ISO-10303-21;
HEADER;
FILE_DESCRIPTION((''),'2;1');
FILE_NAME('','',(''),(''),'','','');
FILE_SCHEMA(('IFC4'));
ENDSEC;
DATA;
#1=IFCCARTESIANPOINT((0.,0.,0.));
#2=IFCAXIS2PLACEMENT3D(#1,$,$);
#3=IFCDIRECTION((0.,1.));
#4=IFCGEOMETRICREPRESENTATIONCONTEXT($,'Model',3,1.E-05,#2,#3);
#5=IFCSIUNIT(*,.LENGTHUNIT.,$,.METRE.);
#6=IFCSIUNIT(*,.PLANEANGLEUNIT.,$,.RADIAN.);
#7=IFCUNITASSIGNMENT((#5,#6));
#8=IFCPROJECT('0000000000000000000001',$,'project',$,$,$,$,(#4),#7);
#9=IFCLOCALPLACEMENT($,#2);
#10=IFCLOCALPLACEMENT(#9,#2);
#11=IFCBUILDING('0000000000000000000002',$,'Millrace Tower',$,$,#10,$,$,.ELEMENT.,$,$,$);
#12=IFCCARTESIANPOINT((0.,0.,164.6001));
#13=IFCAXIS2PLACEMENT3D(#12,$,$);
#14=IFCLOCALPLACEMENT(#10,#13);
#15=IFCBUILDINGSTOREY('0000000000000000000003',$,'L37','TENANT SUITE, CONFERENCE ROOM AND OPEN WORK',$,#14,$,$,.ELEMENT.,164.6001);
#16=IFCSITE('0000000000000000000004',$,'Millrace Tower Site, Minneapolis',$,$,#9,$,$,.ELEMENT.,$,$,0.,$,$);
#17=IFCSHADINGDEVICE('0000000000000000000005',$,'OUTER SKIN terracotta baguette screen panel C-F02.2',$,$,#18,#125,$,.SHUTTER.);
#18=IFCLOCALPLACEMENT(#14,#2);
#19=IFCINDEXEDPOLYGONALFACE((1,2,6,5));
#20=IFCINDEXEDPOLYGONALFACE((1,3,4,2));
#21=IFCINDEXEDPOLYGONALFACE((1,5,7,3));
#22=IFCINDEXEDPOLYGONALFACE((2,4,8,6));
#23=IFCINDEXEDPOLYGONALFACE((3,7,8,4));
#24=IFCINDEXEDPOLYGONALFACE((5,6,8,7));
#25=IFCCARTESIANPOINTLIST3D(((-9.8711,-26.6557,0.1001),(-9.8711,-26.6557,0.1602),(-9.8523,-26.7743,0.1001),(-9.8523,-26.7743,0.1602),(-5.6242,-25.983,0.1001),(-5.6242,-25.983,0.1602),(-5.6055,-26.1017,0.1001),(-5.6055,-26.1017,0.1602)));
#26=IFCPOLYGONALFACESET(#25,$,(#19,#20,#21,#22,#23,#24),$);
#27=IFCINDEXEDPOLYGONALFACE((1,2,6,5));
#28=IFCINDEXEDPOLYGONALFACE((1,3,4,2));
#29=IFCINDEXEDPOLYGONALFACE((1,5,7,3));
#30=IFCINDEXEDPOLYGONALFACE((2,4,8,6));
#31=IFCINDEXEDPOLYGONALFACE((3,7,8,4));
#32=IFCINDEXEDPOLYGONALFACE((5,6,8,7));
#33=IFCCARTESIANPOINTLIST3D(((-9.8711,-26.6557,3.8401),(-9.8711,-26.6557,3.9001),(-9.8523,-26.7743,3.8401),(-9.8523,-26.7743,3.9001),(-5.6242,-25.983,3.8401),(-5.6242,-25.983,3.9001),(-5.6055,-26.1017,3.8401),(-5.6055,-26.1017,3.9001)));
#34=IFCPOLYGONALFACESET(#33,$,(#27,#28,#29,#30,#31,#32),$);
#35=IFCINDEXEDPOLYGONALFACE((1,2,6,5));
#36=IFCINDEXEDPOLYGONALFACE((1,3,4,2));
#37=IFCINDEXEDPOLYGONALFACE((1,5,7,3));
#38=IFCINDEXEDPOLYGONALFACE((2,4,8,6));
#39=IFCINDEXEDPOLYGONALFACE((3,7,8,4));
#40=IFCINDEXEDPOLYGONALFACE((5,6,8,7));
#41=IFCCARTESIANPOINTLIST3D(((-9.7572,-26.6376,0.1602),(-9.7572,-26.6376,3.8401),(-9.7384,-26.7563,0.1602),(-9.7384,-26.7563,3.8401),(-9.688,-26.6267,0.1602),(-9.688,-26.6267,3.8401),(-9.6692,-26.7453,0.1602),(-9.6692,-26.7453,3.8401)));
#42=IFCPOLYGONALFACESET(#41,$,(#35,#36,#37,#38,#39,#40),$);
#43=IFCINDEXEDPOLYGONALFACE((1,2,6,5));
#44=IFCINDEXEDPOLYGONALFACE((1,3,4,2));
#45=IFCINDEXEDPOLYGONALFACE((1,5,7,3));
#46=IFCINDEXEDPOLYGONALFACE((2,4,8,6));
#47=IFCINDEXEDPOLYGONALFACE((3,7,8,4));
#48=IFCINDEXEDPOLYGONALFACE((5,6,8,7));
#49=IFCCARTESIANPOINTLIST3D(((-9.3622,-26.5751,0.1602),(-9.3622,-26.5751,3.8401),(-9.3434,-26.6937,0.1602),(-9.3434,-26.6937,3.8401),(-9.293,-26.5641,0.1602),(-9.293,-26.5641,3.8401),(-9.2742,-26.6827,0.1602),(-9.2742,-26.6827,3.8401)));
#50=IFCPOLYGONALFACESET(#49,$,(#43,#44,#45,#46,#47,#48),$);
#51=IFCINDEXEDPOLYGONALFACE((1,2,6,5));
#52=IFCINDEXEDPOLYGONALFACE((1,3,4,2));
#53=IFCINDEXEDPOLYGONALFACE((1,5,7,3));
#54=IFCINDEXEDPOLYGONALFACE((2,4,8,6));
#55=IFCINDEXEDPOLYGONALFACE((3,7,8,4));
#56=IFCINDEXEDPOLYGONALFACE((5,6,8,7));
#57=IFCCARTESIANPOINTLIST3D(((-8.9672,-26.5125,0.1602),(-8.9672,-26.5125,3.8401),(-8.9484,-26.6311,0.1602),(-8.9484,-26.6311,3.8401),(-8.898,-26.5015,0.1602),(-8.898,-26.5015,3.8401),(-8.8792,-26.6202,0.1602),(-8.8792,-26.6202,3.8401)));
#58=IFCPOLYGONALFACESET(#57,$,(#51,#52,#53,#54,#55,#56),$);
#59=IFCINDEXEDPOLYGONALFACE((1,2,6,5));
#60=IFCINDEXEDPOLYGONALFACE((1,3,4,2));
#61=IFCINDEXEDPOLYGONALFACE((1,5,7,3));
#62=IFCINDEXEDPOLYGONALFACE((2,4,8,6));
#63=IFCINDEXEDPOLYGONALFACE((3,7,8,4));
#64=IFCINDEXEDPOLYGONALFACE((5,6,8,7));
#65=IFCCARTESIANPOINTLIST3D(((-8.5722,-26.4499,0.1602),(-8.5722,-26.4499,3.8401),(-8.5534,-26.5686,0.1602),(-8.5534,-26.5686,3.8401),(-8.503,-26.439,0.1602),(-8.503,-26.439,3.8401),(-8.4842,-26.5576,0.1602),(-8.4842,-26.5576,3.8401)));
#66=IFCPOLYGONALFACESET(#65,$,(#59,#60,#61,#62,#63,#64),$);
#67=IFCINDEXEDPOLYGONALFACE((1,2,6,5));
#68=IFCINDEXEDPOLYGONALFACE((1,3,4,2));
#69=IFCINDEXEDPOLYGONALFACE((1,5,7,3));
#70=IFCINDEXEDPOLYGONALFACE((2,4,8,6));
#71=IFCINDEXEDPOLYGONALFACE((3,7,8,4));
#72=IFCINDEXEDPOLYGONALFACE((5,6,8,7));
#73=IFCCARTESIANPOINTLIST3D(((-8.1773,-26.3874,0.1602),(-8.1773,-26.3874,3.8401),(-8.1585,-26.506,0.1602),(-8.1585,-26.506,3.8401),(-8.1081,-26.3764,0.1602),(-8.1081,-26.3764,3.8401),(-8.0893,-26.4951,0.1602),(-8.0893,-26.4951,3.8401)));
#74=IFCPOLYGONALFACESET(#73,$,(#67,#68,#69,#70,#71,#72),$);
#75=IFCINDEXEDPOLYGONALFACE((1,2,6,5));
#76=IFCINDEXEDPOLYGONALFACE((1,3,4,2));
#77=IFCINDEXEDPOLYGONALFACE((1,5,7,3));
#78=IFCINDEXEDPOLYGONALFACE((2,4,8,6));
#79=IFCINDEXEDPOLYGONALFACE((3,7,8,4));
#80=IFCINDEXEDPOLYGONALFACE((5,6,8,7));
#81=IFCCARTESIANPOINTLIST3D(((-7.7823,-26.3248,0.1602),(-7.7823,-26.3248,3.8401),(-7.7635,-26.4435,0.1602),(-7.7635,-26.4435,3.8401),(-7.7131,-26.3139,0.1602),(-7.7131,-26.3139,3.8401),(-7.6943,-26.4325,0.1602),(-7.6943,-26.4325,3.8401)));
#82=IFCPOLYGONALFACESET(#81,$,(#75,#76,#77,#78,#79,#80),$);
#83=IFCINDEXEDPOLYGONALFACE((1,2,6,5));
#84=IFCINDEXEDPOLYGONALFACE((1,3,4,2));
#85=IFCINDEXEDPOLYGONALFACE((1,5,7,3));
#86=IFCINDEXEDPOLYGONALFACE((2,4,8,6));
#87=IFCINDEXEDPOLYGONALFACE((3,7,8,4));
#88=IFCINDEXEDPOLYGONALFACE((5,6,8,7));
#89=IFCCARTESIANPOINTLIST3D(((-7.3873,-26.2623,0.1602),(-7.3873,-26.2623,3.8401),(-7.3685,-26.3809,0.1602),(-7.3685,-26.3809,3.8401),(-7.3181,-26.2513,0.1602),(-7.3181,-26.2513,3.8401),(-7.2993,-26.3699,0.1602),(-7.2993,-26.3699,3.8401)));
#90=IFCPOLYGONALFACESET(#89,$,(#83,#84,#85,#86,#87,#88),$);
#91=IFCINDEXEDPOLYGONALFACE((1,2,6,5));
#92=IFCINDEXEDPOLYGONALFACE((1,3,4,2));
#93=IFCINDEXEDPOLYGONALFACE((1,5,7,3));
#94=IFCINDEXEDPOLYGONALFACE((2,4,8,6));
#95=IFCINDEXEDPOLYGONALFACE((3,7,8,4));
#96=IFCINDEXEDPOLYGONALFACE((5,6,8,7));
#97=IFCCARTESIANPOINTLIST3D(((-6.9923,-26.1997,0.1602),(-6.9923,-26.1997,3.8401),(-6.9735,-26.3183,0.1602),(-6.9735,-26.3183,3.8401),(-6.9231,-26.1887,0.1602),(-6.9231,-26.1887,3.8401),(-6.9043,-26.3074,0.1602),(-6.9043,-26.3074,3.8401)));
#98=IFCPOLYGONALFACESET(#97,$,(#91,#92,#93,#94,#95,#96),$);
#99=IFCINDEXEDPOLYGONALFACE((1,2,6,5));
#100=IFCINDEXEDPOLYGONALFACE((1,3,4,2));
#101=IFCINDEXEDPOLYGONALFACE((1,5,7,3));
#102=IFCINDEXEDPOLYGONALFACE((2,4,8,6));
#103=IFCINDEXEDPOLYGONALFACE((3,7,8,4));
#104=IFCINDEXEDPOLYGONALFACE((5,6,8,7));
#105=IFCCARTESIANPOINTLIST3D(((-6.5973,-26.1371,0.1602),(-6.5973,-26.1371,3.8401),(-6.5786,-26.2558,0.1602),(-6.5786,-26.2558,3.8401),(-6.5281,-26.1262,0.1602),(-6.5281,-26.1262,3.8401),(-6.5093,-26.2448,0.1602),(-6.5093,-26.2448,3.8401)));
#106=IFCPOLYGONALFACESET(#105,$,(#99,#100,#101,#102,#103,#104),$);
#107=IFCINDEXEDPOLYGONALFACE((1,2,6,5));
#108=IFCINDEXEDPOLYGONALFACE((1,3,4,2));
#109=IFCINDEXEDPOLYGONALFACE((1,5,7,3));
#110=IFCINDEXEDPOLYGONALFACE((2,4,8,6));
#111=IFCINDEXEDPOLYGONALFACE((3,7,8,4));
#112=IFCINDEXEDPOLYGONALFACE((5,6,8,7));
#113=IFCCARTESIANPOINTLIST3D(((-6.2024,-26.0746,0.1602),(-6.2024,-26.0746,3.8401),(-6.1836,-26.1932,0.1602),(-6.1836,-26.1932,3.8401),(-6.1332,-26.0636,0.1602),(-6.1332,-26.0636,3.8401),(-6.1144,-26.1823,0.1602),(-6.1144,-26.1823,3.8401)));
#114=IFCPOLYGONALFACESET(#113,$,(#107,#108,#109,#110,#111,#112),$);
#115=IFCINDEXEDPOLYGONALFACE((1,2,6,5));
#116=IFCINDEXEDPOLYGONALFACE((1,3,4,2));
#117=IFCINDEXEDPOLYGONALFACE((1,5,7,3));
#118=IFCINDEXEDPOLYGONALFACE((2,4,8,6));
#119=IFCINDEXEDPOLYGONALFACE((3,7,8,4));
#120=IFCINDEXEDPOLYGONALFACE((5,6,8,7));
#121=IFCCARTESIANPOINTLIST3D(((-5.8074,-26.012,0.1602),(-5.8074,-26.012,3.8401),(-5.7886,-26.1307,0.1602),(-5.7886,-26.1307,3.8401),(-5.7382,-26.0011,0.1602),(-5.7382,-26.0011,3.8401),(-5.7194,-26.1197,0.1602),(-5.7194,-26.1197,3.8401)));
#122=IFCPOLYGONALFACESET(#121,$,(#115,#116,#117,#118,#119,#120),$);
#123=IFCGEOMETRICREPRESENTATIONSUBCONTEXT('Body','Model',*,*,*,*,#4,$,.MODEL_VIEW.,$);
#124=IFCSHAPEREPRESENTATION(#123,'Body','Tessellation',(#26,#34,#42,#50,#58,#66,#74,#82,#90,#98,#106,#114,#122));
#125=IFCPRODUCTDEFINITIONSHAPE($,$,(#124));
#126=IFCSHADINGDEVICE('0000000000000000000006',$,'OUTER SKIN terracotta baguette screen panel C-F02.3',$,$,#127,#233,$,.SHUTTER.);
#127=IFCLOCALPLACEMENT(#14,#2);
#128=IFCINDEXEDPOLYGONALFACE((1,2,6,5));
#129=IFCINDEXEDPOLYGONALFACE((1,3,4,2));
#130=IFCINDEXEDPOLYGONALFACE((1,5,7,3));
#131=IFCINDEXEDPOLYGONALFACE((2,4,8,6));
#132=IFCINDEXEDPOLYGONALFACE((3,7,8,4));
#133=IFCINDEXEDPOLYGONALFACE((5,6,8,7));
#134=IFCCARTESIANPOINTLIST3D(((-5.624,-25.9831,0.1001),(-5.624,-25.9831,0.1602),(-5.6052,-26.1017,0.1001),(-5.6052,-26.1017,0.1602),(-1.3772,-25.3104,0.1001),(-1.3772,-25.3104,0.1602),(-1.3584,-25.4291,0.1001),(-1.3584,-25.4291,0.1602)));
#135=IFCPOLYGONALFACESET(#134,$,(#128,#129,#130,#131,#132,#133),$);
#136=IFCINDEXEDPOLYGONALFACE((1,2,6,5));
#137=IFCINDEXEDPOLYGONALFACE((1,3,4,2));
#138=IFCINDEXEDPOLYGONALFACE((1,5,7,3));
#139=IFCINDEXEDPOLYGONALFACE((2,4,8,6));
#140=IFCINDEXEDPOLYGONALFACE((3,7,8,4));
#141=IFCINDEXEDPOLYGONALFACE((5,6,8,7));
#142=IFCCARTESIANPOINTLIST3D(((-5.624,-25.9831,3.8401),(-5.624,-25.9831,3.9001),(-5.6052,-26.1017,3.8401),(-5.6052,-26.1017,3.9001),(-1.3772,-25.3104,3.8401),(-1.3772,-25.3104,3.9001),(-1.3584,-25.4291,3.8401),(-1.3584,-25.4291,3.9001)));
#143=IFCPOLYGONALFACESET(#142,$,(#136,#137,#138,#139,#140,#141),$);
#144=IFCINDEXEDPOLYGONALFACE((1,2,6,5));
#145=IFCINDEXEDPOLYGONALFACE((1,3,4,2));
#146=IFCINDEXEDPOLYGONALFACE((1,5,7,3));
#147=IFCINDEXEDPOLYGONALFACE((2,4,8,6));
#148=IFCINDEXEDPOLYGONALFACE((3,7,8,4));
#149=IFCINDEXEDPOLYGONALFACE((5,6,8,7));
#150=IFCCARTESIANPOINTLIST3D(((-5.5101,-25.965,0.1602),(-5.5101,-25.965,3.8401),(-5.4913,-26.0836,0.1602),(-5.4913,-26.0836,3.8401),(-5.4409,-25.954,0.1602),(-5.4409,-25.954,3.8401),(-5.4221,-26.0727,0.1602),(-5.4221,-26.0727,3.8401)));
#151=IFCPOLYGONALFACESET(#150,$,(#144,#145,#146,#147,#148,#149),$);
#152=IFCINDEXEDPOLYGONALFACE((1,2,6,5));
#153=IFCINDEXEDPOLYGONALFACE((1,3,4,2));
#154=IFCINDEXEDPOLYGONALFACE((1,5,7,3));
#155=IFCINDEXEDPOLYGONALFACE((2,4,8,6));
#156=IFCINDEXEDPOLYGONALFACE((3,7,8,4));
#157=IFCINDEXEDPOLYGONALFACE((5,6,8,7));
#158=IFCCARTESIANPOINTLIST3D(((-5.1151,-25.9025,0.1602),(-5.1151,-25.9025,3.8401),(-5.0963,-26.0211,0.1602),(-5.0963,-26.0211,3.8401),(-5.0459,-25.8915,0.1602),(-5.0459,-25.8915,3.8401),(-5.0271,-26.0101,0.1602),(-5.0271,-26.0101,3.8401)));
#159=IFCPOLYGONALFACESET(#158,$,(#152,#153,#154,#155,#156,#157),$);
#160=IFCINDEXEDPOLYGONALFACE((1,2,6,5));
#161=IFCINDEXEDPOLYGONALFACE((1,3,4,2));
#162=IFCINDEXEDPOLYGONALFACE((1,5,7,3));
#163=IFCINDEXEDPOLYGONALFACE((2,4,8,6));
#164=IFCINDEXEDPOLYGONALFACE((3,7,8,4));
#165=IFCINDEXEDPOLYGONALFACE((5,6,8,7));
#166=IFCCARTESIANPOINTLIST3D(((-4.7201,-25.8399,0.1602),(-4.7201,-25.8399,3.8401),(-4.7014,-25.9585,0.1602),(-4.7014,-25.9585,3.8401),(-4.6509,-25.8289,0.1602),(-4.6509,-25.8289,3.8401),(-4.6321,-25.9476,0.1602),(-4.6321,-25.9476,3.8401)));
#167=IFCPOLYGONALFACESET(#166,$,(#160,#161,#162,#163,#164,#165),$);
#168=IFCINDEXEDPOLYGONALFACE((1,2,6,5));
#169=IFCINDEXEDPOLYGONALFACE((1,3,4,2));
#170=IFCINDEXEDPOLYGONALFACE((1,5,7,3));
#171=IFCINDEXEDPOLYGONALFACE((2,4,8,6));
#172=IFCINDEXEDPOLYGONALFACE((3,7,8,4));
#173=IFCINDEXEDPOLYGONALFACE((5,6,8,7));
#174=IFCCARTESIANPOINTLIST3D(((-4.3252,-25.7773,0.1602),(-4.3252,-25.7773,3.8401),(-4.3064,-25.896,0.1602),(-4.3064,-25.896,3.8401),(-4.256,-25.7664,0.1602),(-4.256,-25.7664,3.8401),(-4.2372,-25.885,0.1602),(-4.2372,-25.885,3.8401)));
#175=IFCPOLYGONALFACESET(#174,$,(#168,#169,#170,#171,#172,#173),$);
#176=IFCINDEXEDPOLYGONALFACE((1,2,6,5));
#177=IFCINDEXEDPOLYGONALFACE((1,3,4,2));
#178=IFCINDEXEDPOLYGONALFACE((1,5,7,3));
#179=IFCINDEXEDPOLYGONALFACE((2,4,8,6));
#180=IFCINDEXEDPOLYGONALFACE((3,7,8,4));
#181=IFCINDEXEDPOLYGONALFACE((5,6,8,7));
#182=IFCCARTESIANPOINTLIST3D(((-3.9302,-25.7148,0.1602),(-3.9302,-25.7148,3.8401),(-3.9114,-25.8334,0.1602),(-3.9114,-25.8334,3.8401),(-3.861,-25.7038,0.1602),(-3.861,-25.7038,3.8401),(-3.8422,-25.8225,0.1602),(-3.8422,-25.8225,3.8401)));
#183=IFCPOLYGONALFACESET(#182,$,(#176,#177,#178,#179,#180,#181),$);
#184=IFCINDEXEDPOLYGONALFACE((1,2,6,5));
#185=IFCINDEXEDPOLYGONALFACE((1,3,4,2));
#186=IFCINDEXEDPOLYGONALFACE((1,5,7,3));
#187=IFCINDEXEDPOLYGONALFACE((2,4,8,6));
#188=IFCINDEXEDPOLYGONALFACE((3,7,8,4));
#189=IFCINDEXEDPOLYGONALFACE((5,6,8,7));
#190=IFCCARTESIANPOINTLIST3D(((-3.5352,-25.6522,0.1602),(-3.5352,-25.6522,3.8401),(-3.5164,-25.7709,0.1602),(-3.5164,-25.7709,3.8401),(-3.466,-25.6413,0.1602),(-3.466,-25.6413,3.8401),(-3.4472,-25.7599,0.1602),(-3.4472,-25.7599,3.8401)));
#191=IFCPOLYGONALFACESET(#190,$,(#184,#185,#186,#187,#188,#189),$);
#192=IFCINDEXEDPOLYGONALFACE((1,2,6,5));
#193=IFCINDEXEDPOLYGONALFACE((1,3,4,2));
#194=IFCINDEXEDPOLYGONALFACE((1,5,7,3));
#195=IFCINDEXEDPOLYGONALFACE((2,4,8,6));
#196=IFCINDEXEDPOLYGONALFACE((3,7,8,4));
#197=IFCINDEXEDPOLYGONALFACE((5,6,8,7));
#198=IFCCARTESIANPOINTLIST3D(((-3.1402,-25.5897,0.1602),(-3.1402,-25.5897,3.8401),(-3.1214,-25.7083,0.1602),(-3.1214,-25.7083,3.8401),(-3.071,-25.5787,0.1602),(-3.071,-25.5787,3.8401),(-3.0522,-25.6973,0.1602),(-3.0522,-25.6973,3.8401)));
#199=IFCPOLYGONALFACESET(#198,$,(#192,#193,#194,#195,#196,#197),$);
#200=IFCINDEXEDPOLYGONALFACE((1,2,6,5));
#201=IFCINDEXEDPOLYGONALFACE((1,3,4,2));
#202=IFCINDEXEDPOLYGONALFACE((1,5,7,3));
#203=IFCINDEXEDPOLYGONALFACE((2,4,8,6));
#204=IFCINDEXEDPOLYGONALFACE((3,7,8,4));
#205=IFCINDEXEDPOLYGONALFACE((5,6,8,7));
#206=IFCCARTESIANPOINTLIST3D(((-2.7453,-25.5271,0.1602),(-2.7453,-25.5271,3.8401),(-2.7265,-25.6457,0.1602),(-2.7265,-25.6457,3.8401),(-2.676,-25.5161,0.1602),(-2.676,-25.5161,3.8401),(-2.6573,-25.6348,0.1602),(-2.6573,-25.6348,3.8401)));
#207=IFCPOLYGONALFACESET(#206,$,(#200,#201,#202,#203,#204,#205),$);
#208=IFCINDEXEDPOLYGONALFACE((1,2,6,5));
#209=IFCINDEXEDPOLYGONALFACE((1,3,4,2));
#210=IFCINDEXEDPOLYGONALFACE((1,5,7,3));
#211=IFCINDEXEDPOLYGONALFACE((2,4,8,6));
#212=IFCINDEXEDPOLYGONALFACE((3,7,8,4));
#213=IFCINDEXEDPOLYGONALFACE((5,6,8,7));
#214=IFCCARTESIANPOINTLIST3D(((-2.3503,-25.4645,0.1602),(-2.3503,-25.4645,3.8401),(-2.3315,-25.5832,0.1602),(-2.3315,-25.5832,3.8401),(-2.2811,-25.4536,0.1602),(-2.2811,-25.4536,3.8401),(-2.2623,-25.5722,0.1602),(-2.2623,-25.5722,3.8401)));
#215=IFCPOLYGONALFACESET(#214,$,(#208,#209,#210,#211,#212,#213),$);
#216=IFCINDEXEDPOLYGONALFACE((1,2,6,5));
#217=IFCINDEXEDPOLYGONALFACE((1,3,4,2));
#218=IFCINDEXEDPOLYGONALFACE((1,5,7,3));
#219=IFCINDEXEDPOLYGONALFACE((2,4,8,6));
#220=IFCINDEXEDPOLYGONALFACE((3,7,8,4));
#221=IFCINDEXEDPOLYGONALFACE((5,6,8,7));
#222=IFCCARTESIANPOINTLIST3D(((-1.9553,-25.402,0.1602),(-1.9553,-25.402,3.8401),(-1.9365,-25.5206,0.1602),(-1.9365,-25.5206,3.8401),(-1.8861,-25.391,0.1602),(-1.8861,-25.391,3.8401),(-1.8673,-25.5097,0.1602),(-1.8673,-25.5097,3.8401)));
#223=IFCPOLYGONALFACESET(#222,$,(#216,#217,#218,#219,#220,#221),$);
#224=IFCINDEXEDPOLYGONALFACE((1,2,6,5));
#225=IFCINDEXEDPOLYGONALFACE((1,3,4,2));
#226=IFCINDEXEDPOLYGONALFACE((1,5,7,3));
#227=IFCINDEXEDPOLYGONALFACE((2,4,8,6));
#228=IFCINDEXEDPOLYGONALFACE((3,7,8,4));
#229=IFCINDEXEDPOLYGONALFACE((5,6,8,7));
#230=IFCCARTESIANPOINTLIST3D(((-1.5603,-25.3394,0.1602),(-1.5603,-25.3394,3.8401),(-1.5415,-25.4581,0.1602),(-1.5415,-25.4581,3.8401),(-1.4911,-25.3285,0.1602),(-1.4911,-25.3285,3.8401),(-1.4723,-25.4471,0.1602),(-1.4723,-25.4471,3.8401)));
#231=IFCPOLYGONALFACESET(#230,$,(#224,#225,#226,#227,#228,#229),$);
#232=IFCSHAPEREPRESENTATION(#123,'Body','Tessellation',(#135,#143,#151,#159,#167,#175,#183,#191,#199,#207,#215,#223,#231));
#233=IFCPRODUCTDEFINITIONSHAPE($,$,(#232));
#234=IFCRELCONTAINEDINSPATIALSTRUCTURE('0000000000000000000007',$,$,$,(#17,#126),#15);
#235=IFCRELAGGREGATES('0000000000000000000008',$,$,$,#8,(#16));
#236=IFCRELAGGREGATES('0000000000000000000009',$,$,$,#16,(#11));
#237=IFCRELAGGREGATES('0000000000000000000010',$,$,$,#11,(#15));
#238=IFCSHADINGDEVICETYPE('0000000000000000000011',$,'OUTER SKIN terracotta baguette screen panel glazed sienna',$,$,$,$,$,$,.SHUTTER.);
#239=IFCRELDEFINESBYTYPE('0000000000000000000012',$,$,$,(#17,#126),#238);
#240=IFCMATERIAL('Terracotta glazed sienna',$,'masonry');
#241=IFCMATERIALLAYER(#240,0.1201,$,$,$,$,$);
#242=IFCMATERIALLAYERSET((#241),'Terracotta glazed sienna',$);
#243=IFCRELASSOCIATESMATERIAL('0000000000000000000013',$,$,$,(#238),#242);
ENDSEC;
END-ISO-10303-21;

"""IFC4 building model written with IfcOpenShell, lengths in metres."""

from ifc_helpers import new_model, entity, si_unit, direction, frame, frame_2d, origin, origin_2d, place, context, subcontext, project, spatial, rectangle, extrude, source, transform, mapped, material, layer, layer_set, type_object, element, save


model = new_model("IFC4")

# Units and contexts
model_context = context("Model", 3, precision=1e-05, world=origin(), true_north=direction((0.0, 1.0)))
body_context = subcontext(model_context, "Body", "Model", "MODEL_VIEW")
ifc_project = project(units=[si_unit("LENGTHUNIT", "METRE"), si_unit("PLANEANGLEUNIT", "RADIAN")], contexts=[model_context])

# Site, building, storey
site_placement = place(None, origin())
site = spatial("IfcSite", under=ifc_project, at=site_placement, Name="Millrace Tower Site, Minneapolis", CompositionType="ELEMENT", RefElevation=0.0)
building_placement = place(site_placement, origin())
building = spatial("IfcBuilding", under=site, at=building_placement, Name="Millrace Tower", CompositionType="ELEMENT")
storey_placement = place(building_placement, frame((0.0, 0.0, 164.6001)))
storey = spatial("IfcBuildingStorey", under=building, at=storey_placement, Name="L37", Description="TENANT SUITE, CONFERENCE ROOM AND OPEN WORK", CompositionType="ELEMENT", Elevation=164.6001)

# Shading devices
ifc_material_1 = material(Name="Terracotta glazed sienna", Category="masonry")
ifc_layer_1 = layer(ifc_material_1, 0.1201)
ifc_layer_set_1 = layer_set([ifc_layer_1], Name="Terracotta glazed sienna")
shading_device_type = type_object("IfcShadingDeviceType", Name="OUTER SKIN terracotta baguette screen panel glazed sienna", PredefinedType="SHUTTER", material=ifc_layer_set_1)
cartesian_point_1 = entity("IfcCartesianPoint", [-2.1499, 0.0601])
shared_polyline_1 = entity("IfcPolyline", [cartesian_point_1, entity("IfcCartesianPoint", [2.1499, 0.0601]), entity("IfcCartesianPoint", [2.1499, -0.0601]), entity("IfcCartesianPoint", [-2.1499, -0.0601]), cartesian_point_1])
shared_shape_1 = source(origin(), body_context, "Body", "SweptSolid", [
    entity("IfcExtrudedAreaSolid", entity("IfcArbitraryClosedProfileDef", "AREA", None, shared_polyline_1), entity("IfcAxis2Placement3D", entity("IfcCartesianPoint", [0.0, 0.0, 0.0])), entity("IfcDirection", [0.0, 0.0, 1.0]), 0.0601),
    entity("IfcExtrudedAreaSolid", entity("IfcArbitraryClosedProfileDef", "AREA", None, shared_polyline_1), entity("IfcAxis2Placement3D", entity("IfcCartesianPoint", [0.0, 0.0, 3.74])), entity("IfcDirection", [0.0, 0.0, 1.0]), 0.0601),
    extrude(rectangle(XDim=0.0701, YDim=0.1201, at=frame_2d((-1.9995, 0.0))), frame((0.0, 0.0, 0.0601)), (0.0, 0.0, 1.0), 3.6799),
    extrude(rectangle(XDim=0.0701, YDim=0.1201, at=frame_2d((-1.5996, 0.0))), frame((0.0, 0.0, 0.0601)), (0.0, 0.0, 1.0), 3.6799),
    extrude(rectangle(XDim=0.0701, YDim=0.1201, at=frame_2d((-1.1997, 0.0))), frame((0.0, 0.0, 0.0601)), (0.0, 0.0, 1.0), 3.6799),
    extrude(rectangle(XDim=0.0701, YDim=0.1201, at=frame_2d((-0.7998, 0.0))), frame((0.0, 0.0, 0.0601)), (0.0, 0.0, 1.0), 3.6799),
    extrude(rectangle(XDim=0.0701, YDim=0.1201, at=frame_2d((-0.3999, 0.0))), frame((0.0, 0.0, 0.0601)), (0.0, 0.0, 1.0), 3.6799),
    extrude(rectangle(XDim=0.0701, YDim=0.1201, at=origin_2d()), frame((0.0, 0.0, 0.0601)), (0.0, 0.0, 1.0), 3.6799),
    extrude(rectangle(XDim=0.0701, YDim=0.1201, at=frame_2d((0.3999, 0.0))), frame((0.0, 0.0, 0.0601)), (0.0, 0.0, 1.0), 3.6799),
    extrude(rectangle(XDim=0.0701, YDim=0.1201, at=frame_2d((0.7998, 0.0))), frame((0.0, 0.0, 0.0601)), (0.0, 0.0, 1.0), 3.6799),
    extrude(rectangle(XDim=0.0701, YDim=0.1201, at=frame_2d((1.1997, 0.0))), frame((0.0, 0.0, 0.0601)), (0.0, 0.0, 1.0), 3.6799),
    extrude(rectangle(XDim=0.0701, YDim=0.1201, at=frame_2d((1.5996, 0.0))), frame((0.0, 0.0, 0.0601)), (0.0, 0.0, 1.0), 3.6799),
    extrude(rectangle(XDim=0.0701, YDim=0.1201, at=frame_2d((1.9995, 0.0))), frame((0.0, 0.0, 0.0601)), (0.0, 0.0, 1.0), 3.6799),
])
for number, where, z_axis, x_axis, name in (
    (1, (-7.7383, -26.3787, 0.1001), (0.0, 0.0, 1.0), (0.987688, 0.156434, 0.0), "OUTER SKIN terracotta baguette screen panel C-F02.2"),
    (2, (-3.4912, -25.7061, 0.1001), (0.0, 0.0, 1.0), (0.987688, 0.156434, 0.0), "OUTER SKIN terracotta baguette screen panel C-F02.3"),
):
    element("IfcShadingDevice", number, at=place(storey_placement, frame(where, z_axis=z_axis, x_axis=x_axis)), inside=storey, type_object=shading_device_type, Name=name, PredefinedType="SHUTTER", context=body_context, shape_type="MappedRepresentation", body=[
        mapped(shared_shape_1, transform((0.0, 0.0, 0.0), scale=1.0)),
    ])

save(model, "model.ifc")
